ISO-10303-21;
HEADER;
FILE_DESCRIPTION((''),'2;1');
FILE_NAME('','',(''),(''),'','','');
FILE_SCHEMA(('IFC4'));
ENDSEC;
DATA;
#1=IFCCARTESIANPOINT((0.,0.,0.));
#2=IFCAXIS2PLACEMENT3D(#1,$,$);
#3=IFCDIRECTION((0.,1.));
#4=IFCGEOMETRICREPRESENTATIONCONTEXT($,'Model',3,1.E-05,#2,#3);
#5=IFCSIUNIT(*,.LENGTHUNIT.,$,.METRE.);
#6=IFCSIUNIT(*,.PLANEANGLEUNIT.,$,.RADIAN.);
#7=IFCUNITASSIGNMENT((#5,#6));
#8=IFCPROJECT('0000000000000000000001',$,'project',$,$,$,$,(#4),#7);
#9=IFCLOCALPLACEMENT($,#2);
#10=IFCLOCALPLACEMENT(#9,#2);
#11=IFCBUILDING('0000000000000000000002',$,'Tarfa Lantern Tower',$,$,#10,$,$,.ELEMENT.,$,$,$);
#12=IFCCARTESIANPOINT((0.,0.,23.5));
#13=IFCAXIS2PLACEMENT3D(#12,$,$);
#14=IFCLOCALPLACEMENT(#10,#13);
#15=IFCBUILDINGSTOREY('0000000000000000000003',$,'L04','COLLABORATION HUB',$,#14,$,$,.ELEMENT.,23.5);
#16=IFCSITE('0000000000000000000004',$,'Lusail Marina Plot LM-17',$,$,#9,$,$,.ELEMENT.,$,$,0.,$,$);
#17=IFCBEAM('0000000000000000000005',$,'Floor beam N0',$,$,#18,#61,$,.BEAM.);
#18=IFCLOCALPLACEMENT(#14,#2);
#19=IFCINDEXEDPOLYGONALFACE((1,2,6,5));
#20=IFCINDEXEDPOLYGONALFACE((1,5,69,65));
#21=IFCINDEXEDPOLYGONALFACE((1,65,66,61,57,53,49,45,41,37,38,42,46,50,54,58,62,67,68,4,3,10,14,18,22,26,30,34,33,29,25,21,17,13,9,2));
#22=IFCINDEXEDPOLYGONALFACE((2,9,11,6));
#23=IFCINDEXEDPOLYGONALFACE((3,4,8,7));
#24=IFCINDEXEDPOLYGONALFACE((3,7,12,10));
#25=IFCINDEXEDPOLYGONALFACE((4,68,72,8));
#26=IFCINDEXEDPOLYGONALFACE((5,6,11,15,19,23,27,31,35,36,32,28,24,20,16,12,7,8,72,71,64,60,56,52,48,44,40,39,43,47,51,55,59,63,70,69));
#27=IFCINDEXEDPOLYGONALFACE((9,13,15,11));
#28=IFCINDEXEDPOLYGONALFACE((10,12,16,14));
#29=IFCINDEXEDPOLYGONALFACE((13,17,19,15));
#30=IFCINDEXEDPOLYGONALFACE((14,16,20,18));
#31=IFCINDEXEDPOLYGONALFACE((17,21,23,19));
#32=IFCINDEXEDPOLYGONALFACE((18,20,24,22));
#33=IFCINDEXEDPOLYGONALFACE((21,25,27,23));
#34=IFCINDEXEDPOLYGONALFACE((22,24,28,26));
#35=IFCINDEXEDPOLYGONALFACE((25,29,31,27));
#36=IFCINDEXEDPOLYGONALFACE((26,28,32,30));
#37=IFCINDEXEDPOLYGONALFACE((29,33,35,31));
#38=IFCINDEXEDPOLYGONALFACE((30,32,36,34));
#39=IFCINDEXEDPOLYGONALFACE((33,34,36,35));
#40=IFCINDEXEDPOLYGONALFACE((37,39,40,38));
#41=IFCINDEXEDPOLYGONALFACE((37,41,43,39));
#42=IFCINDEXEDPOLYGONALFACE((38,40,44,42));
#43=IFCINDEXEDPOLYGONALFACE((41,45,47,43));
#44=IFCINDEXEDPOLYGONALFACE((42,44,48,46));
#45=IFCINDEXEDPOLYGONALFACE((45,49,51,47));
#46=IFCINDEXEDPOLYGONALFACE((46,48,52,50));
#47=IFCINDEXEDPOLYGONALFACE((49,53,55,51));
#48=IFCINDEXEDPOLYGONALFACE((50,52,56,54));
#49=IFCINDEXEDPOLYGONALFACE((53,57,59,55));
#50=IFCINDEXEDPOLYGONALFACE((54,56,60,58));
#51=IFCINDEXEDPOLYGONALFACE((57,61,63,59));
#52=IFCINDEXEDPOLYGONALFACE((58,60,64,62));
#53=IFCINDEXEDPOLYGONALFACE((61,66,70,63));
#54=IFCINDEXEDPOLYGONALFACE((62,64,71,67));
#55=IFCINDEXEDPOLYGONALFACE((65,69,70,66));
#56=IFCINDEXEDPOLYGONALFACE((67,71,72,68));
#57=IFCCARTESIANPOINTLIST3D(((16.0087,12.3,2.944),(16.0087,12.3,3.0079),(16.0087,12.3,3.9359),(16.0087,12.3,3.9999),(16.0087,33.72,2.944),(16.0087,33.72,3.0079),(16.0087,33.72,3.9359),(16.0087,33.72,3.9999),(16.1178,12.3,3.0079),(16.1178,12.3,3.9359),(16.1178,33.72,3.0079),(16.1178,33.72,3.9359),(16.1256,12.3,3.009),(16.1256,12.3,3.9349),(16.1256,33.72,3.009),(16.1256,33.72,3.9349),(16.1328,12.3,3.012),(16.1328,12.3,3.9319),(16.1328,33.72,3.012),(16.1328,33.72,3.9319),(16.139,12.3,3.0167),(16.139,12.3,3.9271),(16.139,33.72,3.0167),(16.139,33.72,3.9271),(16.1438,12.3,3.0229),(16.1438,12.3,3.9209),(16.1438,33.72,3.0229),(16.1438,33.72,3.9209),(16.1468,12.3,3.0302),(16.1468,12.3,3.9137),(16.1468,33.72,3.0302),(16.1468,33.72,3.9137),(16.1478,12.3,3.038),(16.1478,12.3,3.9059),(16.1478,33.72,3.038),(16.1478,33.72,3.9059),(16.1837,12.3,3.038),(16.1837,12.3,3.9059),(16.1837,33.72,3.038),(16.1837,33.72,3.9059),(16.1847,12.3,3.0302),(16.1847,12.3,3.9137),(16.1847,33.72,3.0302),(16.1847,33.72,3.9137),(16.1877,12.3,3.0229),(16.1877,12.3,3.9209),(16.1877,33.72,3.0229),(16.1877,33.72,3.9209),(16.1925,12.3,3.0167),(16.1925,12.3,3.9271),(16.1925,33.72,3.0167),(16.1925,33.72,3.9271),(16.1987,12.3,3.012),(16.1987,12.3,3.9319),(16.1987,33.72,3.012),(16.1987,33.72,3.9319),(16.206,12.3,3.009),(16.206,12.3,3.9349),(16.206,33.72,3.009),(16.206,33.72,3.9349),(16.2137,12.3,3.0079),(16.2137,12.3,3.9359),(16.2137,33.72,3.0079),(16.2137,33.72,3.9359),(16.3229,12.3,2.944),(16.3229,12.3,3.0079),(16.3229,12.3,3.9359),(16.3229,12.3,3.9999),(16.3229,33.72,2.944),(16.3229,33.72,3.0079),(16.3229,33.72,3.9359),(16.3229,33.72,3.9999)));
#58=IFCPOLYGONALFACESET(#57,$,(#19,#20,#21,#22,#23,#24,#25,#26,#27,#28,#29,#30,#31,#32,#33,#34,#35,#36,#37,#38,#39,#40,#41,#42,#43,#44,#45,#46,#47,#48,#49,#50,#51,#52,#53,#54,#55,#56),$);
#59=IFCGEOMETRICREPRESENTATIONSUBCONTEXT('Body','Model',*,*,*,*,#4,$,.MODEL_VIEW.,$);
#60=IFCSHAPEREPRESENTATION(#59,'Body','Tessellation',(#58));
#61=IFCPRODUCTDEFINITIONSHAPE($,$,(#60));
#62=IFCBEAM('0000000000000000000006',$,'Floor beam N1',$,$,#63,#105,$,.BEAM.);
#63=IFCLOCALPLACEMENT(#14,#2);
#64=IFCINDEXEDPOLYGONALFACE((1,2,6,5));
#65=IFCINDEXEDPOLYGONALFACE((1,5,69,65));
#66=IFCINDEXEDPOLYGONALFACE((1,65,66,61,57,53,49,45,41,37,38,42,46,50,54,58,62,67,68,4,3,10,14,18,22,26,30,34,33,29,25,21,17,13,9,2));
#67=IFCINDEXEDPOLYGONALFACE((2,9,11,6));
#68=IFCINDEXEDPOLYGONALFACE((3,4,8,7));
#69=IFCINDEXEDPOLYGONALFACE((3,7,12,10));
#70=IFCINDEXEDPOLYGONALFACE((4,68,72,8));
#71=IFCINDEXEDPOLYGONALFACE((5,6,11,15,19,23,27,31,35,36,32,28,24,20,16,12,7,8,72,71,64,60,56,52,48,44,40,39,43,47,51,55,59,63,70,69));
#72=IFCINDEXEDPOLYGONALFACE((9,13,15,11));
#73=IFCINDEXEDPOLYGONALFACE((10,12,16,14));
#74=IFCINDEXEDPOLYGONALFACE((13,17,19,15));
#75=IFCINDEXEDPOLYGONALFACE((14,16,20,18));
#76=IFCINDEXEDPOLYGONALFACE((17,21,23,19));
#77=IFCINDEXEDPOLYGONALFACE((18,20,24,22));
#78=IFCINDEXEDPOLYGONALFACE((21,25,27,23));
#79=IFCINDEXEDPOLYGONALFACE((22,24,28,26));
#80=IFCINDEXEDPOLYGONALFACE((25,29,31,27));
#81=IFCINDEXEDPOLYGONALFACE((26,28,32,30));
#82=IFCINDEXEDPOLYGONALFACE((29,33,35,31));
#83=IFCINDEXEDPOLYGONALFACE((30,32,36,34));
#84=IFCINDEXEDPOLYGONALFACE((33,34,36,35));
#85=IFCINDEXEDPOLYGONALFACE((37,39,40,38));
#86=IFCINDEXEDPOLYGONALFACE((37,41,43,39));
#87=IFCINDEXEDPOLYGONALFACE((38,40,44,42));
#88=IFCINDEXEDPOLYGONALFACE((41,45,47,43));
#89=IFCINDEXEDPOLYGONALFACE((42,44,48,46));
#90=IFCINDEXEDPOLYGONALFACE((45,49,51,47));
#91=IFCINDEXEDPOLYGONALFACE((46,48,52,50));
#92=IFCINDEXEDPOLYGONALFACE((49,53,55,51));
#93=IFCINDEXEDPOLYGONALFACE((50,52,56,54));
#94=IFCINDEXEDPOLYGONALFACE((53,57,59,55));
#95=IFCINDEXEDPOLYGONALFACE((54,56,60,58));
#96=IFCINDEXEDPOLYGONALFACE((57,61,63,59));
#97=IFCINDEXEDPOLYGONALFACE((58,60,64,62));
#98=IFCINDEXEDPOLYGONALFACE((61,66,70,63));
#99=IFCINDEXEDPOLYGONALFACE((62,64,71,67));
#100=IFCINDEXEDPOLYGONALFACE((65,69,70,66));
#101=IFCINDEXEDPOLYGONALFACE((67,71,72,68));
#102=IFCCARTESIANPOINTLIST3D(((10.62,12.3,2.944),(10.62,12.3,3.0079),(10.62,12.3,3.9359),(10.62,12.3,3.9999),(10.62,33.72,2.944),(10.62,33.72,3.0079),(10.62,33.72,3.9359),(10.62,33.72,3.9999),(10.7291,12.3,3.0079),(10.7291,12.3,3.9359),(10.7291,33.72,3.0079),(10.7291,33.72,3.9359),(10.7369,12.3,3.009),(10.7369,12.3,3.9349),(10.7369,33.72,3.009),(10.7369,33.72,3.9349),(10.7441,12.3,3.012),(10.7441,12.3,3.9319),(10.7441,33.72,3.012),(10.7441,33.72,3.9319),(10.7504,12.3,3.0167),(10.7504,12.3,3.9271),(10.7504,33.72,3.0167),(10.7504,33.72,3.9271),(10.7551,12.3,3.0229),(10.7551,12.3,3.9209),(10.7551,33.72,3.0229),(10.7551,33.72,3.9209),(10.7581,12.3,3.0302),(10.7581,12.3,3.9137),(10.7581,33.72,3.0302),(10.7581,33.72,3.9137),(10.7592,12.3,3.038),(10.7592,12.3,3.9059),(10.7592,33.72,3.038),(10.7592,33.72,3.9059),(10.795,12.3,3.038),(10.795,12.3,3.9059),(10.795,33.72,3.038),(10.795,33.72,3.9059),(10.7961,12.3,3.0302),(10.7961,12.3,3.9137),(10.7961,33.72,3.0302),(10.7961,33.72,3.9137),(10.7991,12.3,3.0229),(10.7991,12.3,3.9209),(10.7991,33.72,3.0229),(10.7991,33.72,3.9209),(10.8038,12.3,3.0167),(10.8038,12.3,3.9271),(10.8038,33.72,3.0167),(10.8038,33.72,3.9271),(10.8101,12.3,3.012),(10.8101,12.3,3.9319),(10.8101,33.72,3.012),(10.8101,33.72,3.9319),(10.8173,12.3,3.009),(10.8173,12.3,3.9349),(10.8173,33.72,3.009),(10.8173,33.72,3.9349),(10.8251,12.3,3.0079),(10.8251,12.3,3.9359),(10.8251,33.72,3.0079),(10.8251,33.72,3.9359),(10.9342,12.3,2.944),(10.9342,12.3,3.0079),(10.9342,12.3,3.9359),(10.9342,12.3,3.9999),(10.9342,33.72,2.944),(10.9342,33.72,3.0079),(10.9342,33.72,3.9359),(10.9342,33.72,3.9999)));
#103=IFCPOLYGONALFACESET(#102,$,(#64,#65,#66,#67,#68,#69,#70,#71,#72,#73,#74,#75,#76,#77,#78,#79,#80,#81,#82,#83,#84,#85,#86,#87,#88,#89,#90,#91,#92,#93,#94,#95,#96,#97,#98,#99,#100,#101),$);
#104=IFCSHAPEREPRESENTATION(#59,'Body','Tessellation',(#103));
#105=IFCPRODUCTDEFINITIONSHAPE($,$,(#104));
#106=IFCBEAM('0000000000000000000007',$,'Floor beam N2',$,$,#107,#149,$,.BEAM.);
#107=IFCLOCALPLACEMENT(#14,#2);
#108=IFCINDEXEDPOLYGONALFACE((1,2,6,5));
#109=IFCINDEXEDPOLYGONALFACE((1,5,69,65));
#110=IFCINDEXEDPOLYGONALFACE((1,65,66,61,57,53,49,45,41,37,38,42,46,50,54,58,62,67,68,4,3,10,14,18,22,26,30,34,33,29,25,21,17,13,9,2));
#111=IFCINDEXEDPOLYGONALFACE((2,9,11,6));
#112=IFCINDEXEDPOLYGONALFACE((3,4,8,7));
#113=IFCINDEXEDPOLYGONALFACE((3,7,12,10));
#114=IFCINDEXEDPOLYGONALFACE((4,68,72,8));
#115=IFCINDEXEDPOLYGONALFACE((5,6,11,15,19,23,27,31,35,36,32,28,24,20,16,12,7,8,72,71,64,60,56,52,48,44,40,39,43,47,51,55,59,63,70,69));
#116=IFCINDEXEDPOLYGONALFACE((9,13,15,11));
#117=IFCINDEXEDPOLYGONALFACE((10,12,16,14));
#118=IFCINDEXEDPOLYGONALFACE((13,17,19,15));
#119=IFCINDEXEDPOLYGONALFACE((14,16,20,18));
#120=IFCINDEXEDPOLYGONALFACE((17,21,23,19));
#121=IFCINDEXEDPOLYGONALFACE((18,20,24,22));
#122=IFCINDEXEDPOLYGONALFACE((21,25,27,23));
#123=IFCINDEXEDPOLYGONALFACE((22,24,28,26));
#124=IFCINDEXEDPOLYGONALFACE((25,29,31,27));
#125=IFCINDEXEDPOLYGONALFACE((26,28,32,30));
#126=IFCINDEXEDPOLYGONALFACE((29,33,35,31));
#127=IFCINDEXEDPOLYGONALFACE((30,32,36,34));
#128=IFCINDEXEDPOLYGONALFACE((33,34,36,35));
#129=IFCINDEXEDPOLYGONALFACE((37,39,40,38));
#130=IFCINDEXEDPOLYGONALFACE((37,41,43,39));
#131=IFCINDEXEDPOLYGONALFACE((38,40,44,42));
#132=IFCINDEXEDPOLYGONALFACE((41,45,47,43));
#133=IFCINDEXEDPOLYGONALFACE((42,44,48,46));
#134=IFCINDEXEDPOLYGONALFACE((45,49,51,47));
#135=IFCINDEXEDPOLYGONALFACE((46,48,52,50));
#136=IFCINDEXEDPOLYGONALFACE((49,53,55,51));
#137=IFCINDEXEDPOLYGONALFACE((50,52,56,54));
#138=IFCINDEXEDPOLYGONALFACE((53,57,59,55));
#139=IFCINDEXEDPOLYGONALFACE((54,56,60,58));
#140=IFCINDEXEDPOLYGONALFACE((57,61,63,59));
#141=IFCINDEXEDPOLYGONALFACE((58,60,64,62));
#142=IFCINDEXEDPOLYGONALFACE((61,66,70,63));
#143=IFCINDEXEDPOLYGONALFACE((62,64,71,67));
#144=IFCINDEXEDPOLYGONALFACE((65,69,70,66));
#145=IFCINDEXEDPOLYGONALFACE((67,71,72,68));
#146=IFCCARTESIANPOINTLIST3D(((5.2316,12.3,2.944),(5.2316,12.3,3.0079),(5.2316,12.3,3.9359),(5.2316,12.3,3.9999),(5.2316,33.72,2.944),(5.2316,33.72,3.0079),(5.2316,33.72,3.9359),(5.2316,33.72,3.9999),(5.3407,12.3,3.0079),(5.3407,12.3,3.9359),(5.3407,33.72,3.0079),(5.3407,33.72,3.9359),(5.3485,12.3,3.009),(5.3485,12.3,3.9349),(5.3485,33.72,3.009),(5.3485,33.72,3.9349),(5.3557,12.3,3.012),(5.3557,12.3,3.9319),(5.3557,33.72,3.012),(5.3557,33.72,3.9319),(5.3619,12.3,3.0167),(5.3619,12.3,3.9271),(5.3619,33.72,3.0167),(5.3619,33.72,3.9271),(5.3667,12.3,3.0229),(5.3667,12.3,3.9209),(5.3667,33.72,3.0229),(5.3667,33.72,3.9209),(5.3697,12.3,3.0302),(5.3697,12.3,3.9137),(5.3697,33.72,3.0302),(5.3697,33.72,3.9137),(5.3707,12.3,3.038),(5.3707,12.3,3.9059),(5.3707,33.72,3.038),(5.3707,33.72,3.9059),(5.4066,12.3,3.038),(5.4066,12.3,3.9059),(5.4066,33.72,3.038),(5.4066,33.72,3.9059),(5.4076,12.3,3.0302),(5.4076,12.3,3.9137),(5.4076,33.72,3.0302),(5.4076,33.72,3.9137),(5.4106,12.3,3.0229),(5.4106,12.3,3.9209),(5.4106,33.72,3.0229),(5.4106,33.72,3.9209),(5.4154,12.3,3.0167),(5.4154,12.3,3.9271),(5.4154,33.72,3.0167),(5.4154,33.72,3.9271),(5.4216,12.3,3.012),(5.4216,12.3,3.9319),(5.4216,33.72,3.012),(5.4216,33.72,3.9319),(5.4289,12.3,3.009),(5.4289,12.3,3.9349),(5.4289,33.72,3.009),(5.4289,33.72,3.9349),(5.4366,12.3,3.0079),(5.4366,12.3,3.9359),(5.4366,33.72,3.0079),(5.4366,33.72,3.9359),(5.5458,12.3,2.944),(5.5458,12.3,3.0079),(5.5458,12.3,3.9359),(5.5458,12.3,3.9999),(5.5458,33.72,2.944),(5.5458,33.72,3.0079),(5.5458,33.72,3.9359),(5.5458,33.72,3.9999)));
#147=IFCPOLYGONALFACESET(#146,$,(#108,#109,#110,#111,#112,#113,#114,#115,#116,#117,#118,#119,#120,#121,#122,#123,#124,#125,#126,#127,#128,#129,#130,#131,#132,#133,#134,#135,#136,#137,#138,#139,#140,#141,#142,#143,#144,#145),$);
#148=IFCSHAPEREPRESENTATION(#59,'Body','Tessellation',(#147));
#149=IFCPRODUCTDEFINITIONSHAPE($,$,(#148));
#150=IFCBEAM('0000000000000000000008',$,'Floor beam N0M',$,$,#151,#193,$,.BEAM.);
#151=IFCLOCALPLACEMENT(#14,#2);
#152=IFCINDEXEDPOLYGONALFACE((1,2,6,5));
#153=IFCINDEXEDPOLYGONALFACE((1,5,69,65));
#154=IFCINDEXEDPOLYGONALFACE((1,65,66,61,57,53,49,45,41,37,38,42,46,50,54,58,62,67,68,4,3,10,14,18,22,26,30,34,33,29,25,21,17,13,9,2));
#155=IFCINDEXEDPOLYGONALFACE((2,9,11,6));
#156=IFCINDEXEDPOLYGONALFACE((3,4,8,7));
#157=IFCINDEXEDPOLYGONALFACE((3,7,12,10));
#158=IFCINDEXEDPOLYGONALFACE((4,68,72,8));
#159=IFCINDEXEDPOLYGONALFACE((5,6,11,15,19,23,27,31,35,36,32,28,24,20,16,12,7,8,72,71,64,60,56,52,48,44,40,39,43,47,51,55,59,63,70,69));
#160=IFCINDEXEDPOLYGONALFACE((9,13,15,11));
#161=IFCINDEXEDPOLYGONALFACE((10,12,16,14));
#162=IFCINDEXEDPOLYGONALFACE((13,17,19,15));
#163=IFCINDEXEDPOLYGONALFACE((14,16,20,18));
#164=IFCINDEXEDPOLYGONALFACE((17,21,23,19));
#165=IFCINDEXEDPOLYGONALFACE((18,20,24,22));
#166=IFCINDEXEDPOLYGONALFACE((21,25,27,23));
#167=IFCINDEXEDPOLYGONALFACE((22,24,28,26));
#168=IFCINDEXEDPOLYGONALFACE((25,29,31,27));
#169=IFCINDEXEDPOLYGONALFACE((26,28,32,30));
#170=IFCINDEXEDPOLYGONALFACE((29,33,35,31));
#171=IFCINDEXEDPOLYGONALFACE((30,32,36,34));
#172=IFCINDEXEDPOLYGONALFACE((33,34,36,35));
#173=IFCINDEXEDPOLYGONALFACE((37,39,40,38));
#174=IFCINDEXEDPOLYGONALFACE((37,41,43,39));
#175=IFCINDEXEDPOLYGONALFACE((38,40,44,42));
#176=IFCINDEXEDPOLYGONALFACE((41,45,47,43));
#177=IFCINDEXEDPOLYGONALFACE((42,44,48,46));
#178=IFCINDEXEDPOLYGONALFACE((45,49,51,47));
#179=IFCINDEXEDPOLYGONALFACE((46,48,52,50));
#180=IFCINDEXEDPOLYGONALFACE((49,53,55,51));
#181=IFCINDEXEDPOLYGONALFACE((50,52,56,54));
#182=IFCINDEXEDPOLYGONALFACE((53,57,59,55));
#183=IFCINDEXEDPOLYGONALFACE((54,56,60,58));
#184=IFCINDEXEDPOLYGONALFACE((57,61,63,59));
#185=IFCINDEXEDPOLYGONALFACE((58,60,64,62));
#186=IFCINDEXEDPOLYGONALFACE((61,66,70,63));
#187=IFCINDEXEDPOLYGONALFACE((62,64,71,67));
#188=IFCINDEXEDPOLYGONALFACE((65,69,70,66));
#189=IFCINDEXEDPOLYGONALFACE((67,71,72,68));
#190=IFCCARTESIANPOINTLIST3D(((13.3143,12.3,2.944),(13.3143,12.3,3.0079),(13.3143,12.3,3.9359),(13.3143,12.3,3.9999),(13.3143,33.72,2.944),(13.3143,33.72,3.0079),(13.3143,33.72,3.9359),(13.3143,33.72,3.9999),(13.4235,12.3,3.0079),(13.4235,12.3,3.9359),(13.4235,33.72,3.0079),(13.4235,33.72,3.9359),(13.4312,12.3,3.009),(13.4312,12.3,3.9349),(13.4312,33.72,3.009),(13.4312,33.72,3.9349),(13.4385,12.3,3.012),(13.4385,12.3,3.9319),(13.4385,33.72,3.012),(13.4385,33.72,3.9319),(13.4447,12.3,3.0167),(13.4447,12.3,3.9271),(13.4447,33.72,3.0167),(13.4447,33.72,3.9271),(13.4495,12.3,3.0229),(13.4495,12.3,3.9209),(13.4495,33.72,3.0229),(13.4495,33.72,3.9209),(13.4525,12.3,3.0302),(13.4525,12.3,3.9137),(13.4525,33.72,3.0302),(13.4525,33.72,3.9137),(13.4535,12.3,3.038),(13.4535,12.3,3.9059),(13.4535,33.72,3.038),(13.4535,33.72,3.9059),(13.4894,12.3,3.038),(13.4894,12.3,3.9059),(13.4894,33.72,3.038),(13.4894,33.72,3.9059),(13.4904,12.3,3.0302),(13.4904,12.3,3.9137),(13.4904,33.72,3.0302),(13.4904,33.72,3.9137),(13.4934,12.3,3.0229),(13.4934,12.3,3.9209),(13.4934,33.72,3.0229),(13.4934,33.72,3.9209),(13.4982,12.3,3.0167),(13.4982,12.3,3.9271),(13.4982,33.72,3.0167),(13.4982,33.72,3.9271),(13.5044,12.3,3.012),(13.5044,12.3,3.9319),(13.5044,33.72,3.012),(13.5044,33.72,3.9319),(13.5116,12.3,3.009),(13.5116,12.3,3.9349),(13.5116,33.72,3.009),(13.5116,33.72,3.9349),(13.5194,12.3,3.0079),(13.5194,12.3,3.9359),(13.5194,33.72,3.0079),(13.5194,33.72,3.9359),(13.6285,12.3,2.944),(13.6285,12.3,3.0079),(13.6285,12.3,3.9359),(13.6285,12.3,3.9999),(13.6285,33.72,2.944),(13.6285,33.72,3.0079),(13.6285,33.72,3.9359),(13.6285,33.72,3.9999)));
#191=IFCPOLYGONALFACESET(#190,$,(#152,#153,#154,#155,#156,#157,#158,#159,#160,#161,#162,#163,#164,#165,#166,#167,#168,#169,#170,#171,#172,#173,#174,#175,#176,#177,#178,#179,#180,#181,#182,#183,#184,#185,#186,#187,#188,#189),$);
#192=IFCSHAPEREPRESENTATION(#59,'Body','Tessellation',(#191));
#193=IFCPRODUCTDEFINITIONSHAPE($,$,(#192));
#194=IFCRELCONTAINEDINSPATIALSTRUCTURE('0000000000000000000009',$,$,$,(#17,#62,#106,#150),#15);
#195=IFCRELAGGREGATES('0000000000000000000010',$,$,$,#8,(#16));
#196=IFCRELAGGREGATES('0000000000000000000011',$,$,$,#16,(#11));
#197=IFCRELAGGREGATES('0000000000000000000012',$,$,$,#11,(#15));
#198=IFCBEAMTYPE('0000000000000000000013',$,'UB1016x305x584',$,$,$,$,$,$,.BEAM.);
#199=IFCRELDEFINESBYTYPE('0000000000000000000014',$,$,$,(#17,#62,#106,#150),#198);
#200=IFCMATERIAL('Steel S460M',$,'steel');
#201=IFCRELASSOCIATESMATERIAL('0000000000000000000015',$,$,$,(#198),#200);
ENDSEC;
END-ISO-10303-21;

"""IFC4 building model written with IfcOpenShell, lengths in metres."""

from ifc_helpers import new_model, si_unit, direction, frame, origin, origin_2d, place, context, subcontext, project, spatial, i_section, extrude, material, material_profile, profile_set, type_object, element, save


model = new_model("IFC4")

# Units and contexts
model_context = context("Model", 3, precision=1e-05, world=origin(), true_north=direction((0.0, 1.0)))
body_context = subcontext(model_context, "Body", "Model", "MODEL_VIEW")
ifc_project = project(units=[si_unit("LENGTHUNIT", "METRE"), si_unit("PLANEANGLEUNIT", "RADIAN")], contexts=[model_context])

# Site, building, storey
site_placement = place(None, origin())
site = spatial("IfcSite", under=ifc_project, at=site_placement, Name="Lusail Marina Plot LM-17", CompositionType="ELEMENT", RefElevation=0.0)
building_placement = place(site_placement, origin())
building = spatial("IfcBuilding", under=site, at=building_placement, Name="Tarfa Lantern Tower", CompositionType="ELEMENT")
storey_placement = place(building_placement, frame((0.0, 0.0, 23.5)))
storey = spatial("IfcBuildingStorey", under=building, at=storey_placement, Name="L04", Description="COLLABORATION HUB", CompositionType="ELEMENT", Elevation=23.5)

# Beams
ifc_material_1 = material(Name="Steel S460M", Category="steel")
ifc_material_profile_1 = material_profile(ifc_material_1, i_section(OverallWidth=0.3142, OverallDepth=1.0559, WebThickness=0.0359, FlangeThickness=0.064, FilletRadius=0.03, at=origin_2d()), Name="UB1016x305x584")
ifc_profile_set_1 = profile_set([ifc_material_profile_1], Name="Steel S460M")
beam_type_1 = type_object("IfcBeamType", Name="UB1016x305x584", PredefinedType="BEAM", material=ifc_profile_set_1)
for number, where, z_axis, x_axis, name in (
    (1, (16.1658, 33.72, 3.4719), (0.0, -1.0, 0.0), (1.0, 0.0, 0.0), "Floor beam N0"),
    (2, (10.7771, 33.72, 3.4719), (0.0, -1.0, 0.0), (1.0, 0.0, 0.0), "Floor beam N1"),
    (3, (5.3887, 33.72, 3.4719), (0.0, -1.0, 0.0), (1.0, 0.0, 0.0), "Floor beam N2"),
    (4, (13.4714, 33.72, 3.4719), (0.0, -1.0, 0.0), (1.0, 0.0, 0.0), "Floor beam N0M"),
):
    element("IfcBeam", number, at=place(storey_placement, frame(where, z_axis=z_axis, x_axis=x_axis)), inside=storey, type_object=beam_type_1, Name=name, PredefinedType="BEAM", context=body_context, shape_type="SweptSolid", body=[
        extrude(i_section(OverallWidth=0.3142, OverallDepth=1.0559, WebThickness=0.0359, FlangeThickness=0.064, FilletRadius=0.03, at=origin_2d()), origin(), (0.0, 0.0, 1.0), 21.4199),
    ])

save(model, "model.ifc")
